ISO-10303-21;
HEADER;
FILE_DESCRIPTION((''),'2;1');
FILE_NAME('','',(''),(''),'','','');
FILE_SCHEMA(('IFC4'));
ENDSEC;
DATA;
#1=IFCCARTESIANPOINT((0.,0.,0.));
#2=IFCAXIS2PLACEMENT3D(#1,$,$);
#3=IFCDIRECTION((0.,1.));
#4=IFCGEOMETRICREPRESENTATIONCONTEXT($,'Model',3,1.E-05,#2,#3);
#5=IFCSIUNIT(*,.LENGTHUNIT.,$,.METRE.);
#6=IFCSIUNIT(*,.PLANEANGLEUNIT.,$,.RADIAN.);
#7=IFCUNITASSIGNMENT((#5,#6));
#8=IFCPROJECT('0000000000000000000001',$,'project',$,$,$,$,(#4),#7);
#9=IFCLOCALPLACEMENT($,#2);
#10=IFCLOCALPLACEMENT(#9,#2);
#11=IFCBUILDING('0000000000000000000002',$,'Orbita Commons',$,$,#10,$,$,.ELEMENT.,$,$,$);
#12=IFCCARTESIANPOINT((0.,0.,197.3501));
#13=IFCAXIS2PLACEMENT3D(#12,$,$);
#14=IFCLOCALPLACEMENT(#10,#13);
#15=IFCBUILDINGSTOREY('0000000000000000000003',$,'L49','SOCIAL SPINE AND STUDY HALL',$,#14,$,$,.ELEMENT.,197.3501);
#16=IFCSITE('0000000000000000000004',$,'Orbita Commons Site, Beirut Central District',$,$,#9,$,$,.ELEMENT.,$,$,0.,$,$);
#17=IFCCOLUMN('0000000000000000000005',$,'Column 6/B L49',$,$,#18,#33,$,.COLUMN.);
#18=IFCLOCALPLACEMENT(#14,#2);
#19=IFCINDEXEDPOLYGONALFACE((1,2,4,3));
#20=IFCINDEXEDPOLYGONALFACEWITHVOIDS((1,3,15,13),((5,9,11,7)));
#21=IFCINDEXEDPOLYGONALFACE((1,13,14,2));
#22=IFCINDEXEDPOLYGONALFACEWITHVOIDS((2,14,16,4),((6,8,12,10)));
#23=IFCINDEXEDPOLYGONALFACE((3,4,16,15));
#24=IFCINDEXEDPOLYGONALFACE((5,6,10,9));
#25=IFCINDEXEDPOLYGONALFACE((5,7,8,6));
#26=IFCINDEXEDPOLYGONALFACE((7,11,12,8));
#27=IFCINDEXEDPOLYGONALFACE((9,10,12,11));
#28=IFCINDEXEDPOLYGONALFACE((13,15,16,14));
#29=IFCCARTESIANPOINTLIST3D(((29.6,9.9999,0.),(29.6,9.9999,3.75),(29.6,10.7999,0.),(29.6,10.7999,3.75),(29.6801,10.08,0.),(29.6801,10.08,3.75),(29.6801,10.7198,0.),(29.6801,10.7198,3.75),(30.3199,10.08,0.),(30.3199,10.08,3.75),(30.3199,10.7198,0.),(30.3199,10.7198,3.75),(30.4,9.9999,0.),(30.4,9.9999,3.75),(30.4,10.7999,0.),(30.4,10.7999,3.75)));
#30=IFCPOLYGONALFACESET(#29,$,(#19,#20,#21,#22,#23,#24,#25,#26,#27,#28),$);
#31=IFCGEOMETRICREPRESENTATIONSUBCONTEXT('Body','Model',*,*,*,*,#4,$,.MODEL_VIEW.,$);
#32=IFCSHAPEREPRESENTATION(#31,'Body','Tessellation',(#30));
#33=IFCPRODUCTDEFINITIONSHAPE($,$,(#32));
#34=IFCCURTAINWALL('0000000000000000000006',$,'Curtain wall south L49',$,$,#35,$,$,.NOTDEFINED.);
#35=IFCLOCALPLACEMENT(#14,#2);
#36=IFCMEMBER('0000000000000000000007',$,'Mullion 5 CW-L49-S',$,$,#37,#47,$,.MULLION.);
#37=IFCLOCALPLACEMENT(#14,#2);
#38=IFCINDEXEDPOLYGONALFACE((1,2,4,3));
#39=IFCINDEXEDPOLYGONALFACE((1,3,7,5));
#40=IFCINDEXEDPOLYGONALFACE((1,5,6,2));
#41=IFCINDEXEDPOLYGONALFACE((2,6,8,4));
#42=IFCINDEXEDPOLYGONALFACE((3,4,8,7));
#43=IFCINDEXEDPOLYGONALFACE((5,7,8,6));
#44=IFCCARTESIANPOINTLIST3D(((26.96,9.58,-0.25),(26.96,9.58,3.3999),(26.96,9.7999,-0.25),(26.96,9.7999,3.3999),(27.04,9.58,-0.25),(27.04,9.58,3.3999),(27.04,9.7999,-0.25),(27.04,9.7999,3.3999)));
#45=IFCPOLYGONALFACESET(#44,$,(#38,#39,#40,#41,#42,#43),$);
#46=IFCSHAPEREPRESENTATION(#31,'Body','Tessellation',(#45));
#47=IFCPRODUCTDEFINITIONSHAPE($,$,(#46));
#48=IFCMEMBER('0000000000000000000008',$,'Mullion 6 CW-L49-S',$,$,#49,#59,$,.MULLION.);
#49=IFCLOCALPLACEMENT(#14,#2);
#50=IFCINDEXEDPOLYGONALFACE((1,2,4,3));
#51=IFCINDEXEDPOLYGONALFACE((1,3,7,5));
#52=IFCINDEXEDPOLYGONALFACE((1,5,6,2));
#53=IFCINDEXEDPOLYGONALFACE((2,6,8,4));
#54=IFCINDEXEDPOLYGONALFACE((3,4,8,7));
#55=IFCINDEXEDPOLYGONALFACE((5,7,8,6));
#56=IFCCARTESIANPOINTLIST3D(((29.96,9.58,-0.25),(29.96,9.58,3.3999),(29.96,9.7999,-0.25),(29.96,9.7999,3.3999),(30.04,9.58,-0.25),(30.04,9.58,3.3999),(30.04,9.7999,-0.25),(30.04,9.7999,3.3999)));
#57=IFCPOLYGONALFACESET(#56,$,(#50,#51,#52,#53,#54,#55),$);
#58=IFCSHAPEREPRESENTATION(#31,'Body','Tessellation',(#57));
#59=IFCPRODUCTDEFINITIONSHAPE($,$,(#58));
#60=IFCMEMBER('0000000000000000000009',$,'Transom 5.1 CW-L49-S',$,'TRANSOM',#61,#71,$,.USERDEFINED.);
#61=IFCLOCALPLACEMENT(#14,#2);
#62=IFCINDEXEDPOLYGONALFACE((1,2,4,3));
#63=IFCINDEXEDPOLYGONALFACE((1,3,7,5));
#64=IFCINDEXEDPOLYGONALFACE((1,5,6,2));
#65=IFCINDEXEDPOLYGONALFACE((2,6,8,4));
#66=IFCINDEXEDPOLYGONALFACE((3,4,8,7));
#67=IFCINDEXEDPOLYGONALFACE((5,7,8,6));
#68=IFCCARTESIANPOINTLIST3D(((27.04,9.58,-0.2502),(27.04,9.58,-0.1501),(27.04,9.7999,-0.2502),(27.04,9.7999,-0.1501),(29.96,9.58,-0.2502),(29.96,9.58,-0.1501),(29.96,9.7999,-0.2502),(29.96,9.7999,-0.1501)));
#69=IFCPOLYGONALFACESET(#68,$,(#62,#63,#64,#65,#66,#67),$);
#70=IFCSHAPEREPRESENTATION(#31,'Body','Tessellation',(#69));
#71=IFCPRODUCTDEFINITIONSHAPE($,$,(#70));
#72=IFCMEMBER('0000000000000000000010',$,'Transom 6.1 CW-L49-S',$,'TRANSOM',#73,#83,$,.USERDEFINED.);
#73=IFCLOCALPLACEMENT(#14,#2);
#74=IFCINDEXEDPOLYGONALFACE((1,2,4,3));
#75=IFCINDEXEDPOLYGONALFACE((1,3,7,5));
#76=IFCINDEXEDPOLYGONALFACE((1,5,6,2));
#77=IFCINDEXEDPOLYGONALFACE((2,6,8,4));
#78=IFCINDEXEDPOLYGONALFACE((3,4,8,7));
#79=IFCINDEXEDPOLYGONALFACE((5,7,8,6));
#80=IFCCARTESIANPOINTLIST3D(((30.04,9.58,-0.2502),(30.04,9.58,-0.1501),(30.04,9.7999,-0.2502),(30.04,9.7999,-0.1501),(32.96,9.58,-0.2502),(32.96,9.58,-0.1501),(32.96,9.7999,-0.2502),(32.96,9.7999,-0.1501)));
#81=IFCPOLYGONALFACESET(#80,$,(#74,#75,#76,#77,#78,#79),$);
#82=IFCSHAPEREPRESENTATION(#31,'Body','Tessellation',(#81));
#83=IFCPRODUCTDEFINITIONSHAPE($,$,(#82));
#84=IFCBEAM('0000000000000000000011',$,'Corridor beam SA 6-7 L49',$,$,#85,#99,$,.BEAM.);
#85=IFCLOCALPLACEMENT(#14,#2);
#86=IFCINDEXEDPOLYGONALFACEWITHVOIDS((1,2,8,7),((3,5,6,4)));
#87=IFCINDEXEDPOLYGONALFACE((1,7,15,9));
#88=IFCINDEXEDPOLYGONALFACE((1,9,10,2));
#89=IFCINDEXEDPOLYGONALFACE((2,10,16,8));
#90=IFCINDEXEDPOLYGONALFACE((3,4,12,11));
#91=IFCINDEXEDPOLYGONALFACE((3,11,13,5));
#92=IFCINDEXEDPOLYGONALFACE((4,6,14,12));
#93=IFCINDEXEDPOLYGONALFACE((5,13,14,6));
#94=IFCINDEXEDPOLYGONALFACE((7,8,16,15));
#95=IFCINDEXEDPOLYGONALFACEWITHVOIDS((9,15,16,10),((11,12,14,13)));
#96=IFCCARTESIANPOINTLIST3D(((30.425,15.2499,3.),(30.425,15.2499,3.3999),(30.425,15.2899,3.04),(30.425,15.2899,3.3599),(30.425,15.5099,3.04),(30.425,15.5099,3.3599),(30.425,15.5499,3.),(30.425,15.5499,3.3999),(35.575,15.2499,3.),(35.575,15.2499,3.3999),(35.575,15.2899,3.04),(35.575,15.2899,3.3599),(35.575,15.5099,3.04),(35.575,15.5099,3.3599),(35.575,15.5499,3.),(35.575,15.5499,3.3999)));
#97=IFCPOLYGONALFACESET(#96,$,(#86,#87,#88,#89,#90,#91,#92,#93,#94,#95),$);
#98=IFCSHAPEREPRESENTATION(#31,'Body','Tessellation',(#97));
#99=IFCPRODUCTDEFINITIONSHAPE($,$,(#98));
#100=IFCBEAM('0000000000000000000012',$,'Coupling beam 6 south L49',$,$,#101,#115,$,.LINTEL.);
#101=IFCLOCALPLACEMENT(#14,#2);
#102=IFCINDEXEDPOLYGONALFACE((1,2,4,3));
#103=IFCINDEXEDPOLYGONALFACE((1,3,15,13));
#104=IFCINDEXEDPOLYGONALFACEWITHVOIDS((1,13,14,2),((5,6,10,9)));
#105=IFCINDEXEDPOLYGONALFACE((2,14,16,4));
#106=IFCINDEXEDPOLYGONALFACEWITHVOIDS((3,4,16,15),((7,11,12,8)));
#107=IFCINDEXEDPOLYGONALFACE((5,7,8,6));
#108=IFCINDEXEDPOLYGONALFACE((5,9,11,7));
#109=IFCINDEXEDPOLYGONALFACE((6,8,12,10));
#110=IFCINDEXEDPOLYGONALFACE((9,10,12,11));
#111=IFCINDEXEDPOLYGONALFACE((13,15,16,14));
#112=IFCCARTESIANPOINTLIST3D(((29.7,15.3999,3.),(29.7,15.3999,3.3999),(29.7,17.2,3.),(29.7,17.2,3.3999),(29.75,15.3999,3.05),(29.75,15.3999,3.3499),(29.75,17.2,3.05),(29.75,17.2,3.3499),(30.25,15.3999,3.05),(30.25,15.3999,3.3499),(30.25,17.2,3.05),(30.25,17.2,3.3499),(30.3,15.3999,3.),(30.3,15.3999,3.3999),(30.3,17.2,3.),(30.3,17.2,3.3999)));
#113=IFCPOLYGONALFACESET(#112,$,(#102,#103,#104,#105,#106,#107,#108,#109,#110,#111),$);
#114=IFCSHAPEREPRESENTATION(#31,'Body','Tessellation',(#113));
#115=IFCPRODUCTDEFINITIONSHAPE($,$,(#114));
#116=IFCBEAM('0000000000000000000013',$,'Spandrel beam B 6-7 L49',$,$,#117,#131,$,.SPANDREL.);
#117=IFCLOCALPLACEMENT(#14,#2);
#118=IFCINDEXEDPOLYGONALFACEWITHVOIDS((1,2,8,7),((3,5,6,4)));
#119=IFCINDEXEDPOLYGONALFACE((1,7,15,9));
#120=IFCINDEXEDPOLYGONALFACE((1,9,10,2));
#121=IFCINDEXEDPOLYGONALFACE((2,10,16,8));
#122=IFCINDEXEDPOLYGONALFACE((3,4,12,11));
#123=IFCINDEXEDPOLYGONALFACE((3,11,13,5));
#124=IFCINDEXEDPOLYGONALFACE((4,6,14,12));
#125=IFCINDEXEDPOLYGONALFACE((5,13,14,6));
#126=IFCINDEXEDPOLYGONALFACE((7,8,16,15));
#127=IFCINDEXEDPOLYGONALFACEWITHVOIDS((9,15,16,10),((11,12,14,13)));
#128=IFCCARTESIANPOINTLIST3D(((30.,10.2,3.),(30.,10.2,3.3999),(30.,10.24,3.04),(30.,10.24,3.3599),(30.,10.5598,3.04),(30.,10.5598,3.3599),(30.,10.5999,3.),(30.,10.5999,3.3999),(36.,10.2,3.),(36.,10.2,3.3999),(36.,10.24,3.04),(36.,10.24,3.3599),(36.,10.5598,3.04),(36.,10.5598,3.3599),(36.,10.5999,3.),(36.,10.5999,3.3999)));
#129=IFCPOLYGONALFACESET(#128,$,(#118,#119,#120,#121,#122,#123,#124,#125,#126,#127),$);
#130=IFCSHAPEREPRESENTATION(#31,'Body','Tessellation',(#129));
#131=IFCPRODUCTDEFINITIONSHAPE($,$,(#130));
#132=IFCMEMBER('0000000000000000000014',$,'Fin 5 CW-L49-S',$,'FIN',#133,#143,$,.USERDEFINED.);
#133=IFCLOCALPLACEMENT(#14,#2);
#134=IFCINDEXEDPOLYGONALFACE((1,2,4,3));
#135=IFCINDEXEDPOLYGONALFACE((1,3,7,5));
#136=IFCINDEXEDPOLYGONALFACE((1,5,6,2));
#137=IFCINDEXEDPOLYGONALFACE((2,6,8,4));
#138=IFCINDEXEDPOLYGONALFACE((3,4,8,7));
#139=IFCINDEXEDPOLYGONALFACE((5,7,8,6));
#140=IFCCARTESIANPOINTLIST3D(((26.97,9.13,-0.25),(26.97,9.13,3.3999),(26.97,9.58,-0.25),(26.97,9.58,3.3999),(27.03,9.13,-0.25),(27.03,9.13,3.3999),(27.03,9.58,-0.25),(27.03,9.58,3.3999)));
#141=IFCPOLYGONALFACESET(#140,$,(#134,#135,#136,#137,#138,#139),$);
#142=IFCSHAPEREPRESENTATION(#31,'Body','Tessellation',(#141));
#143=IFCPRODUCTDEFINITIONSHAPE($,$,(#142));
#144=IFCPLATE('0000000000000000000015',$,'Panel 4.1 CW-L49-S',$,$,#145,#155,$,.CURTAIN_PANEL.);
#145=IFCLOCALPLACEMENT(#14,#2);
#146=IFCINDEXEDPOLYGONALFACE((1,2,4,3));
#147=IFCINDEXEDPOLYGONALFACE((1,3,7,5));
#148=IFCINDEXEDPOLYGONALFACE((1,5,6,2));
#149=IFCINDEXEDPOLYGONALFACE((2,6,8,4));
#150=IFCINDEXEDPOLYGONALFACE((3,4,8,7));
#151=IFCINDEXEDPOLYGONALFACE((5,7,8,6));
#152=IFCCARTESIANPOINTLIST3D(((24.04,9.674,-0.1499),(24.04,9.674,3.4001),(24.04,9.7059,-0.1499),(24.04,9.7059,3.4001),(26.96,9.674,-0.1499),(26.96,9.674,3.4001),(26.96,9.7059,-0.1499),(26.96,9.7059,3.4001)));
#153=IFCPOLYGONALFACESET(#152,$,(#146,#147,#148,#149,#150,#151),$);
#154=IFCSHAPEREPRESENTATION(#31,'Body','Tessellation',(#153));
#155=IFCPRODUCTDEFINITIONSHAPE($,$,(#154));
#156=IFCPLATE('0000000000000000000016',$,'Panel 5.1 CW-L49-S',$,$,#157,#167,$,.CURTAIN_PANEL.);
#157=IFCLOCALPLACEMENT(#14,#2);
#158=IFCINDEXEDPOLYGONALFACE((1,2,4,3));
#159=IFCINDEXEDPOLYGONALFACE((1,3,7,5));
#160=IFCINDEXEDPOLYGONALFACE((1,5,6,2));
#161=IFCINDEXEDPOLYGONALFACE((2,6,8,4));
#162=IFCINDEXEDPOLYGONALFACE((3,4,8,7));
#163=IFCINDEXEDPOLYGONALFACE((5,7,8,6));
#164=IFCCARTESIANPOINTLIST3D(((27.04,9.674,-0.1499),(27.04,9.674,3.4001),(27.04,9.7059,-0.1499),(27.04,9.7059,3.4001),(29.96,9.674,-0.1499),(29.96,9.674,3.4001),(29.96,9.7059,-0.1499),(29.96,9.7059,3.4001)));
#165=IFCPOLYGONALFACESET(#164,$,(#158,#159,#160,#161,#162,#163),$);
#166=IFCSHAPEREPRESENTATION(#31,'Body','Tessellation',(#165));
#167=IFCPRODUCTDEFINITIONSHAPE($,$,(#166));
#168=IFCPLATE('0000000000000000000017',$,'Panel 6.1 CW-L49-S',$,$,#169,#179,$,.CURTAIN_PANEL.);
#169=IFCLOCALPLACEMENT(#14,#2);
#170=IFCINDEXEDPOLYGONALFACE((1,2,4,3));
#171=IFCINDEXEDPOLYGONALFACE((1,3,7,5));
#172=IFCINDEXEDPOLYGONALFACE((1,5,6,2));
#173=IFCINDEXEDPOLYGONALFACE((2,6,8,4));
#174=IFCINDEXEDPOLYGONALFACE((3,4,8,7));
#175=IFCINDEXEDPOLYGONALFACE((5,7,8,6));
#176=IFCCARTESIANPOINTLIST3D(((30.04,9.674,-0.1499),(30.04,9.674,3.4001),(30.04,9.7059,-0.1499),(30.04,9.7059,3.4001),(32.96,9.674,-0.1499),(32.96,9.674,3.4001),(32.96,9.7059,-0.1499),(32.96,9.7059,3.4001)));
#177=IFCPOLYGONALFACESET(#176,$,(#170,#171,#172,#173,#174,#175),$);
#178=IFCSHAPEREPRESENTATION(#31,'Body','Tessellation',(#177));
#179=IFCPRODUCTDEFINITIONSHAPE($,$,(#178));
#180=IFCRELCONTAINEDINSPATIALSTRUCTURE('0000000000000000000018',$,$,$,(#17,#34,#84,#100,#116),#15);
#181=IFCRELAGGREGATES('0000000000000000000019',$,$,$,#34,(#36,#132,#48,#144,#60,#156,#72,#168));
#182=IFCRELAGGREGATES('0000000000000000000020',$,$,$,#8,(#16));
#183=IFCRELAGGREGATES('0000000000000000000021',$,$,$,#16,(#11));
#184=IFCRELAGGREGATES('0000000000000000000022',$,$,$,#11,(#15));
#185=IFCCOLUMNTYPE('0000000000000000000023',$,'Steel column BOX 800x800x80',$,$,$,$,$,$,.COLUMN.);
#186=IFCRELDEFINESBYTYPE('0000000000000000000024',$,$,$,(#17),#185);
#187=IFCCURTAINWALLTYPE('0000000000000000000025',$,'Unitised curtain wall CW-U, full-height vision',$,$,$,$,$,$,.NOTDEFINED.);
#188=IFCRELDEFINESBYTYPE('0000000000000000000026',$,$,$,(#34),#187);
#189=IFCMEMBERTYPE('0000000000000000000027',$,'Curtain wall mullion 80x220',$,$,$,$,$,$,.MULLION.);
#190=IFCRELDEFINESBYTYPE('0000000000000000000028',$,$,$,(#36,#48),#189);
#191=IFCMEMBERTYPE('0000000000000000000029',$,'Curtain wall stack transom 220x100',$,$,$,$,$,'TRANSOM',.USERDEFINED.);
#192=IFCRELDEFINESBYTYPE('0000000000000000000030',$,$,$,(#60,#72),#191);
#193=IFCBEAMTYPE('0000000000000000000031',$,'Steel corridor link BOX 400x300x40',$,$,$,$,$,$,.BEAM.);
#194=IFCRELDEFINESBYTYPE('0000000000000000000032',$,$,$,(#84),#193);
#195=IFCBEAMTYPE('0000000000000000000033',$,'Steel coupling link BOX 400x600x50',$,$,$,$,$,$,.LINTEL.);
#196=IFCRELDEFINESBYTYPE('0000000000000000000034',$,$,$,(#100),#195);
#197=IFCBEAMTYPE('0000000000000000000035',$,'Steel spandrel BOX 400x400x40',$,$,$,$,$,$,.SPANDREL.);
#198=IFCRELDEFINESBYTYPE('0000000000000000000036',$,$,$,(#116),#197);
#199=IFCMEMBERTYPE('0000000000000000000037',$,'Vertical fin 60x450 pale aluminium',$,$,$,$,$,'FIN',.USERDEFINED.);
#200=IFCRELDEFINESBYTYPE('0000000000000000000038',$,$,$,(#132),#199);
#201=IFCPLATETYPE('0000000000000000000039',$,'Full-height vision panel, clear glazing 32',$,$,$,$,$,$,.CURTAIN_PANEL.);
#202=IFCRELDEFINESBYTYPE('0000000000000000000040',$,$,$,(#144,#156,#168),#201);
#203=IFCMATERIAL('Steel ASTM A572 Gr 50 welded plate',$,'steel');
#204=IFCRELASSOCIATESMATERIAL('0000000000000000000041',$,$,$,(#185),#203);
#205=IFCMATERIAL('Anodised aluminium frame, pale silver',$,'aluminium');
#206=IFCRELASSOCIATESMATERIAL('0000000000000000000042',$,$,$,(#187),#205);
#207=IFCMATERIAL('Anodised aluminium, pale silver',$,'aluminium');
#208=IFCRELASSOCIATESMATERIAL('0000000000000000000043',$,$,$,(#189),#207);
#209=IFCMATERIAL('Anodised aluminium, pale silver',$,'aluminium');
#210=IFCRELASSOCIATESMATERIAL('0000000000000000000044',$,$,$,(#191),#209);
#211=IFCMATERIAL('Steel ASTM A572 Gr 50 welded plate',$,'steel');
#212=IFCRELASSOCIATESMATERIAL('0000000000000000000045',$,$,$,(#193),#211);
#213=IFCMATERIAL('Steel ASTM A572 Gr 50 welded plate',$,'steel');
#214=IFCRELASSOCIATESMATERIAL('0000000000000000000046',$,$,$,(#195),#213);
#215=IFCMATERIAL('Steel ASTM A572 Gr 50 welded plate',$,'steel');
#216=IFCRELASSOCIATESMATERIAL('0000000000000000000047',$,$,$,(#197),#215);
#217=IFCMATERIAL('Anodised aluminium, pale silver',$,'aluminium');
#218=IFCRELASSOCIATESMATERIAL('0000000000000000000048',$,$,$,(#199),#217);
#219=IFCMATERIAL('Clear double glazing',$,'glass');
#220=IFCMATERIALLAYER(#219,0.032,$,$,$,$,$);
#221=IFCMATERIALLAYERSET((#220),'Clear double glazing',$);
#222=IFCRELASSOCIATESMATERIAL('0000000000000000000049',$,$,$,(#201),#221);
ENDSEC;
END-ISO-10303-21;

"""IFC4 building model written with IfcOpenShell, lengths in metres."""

from ifc_helpers import new_model, si_unit, direction, frame, origin, origin_2d, place, context, subcontext, project, spatial, rectangle, hollow_rectangle, extrude, material, layer, layer_set, material_profile, profile_set, type_object, element, aggregate, save


model = new_model("IFC4")

# Units and contexts
model_context = context("Model", 3, precision=1e-05, world=origin(), true_north=direction((0.0, 1.0)))
body_context = subcontext(model_context, "Body", "Model", "MODEL_VIEW")
ifc_project = project(units=[si_unit("LENGTHUNIT", "METRE"), si_unit("PLANEANGLEUNIT", "RADIAN")], contexts=[model_context])

# Site, building, storey
site_placement = place(None, origin())
site = spatial("IfcSite", under=ifc_project, at=site_placement, Name="Orbita Commons Site, Beirut Central District", CompositionType="ELEMENT", RefElevation=0.0)
building_placement = place(site_placement, origin())
building = spatial("IfcBuilding", under=site, at=building_placement, Name="Orbita Commons", CompositionType="ELEMENT")
storey_placement = place(building_placement, frame((0.0, 0.0, 197.3501)))
storey = spatial("IfcBuildingStorey", under=building, at=storey_placement, Name="L49", Description="SOCIAL SPINE AND STUDY HALL", CompositionType="ELEMENT", Elevation=197.3501)

# Column
ifc_material_1 = material(Name="Steel ASTM A572 Gr 50 welded plate", Category="steel")
ifc_material_profile_1 = material_profile(ifc_material_1, hollow_rectangle(XDim=0.8, YDim=0.8, WallThickness=0.0801, at=origin_2d()), Name="BOX 800x800x80")
ifc_profile_set_1 = profile_set([ifc_material_profile_1], Name="Steel ASTM A572 Gr 50 welded plate")
column_type = type_object("IfcColumnType", Name="Steel column BOX 800x800x80", PredefinedType="COLUMN", material=ifc_profile_set_1)
column_placement = place(storey_placement, frame((30.0, 10.3999, 0.0), z_axis=(0.0, 0.0, 1.0), x_axis=(1.0, 0.0, 0.0)))
element("IfcColumn", 1, at=column_placement, inside=storey, type_object=column_type, Name="Column 6/B L49", PredefinedType="COLUMN", context=body_context, shape_type="SweptSolid", body=[
    extrude(hollow_rectangle(XDim=0.8, YDim=0.8, WallThickness=0.0801, at=origin_2d()), origin(), (0.0, 0.0, 1.0), 3.75),
])

# Curtain wall, members
ifc_material_2 = material(Name="Anodised aluminium frame, pale silver", Category="aluminium")
curtain_wall_type = type_object("IfcCurtainWallType", Name="Unitised curtain wall CW-U, full-height vision", PredefinedType="NOTDEFINED", material=ifc_material_2)
curtain_wall_placement = place(storey_placement, origin())
curtain_wall = element("IfcCurtainWall", 2, at=curtain_wall_placement, inside=storey, type_object=curtain_wall_type, Name="Curtain wall south L49", PredefinedType="NOTDEFINED")
ifc_material_3 = material(Name="Anodised aluminium, pale silver", Category="aluminium")
ifc_material_profile_2 = material_profile(ifc_material_3, rectangle(XDim=0.0801, YDim=0.22, at=origin_2d()), Name="AL 80x220")
ifc_profile_set_2 = profile_set([ifc_material_profile_2], Name="Anodised aluminium, pale silver")
member_type_1 = type_object("IfcMemberType", Name="Curtain wall mullion 80x220", PredefinedType="MULLION", material=ifc_profile_set_2)
member_1_placement = place(storey_placement, frame((27.0, 9.6899, -0.25), z_axis=(0.0, 0.0, 1.0), x_axis=(1.0, 0.0, 0.0)))
member_1 = element("IfcMember", 3, at=member_1_placement, type_object=member_type_1, Name="Mullion 5 CW-L49-S", PredefinedType="MULLION", context=body_context, shape_type="SweptSolid", body=[
    extrude(rectangle(XDim=0.0801, YDim=0.22, at=origin_2d()), origin(), (0.0, 0.0, 1.0), 3.6499),
])
member_2_placement = place(storey_placement, frame((30.0, 9.6899, -0.25), z_axis=(0.0, 0.0, 1.0), x_axis=(1.0, 0.0, 0.0)))
member_2 = element("IfcMember", 4, at=member_2_placement, type_object=member_type_1, Name="Mullion 6 CW-L49-S", PredefinedType="MULLION", context=body_context, shape_type="SweptSolid", body=[
    extrude(rectangle(XDim=0.0801, YDim=0.22, at=origin_2d()), origin(), (0.0, 0.0, 1.0), 3.6499),
])
ifc_material_4 = material(Name="Anodised aluminium, pale silver", Category="aluminium")
ifc_material_profile_3 = material_profile(ifc_material_4, rectangle(XDim=0.22, YDim=0.1001, at=origin_2d()), Name="AL 220x100")
ifc_profile_set_3 = profile_set([ifc_material_profile_3], Name="Anodised aluminium, pale silver")
member_type_2 = type_object("IfcMemberType", Name="Curtain wall stack transom 220x100", ElementType="TRANSOM", PredefinedType="USERDEFINED", material=ifc_profile_set_3)
member_3_placement = place(storey_placement, frame((27.04, 9.6899, -0.2002), z_axis=(1.0, 0.0, 0.0), x_axis=(0.0, 1.0, 0.0)))
member_3 = element("IfcMember", 5, at=member_3_placement, type_object=member_type_2, Name="Transom 5.1 CW-L49-S", ObjectType="TRANSOM", PredefinedType="USERDEFINED", context=body_context, shape_type="SweptSolid", body=[
    extrude(rectangle(XDim=0.22, YDim=0.1001, at=origin_2d()), origin(), (0.0, 0.0, 1.0), 2.9199),
])
member_4_placement = place(storey_placement, frame((30.04, 9.6899, -0.2002), z_axis=(1.0, 0.0, 0.0), x_axis=(0.0, 1.0, 0.0)))
member_4 = element("IfcMember", 6, at=member_4_placement, type_object=member_type_2, Name="Transom 6.1 CW-L49-S", ObjectType="TRANSOM", PredefinedType="USERDEFINED", context=body_context, shape_type="SweptSolid", body=[
    extrude(rectangle(XDim=0.22, YDim=0.1001, at=origin_2d()), origin(), (0.0, 0.0, 1.0), 2.9199),
])

# Beams
ifc_material_5 = material(Name="Steel ASTM A572 Gr 50 welded plate", Category="steel")
ifc_material_profile_4 = material_profile(ifc_material_5, hollow_rectangle(XDim=0.3, YDim=0.3999, WallThickness=0.04, at=origin_2d()), Name="BOX 400x300x40")
ifc_profile_set_4 = profile_set([ifc_material_profile_4], Name="Steel ASTM A572 Gr 50 welded plate")
beam_type_1 = type_object("IfcBeamType", Name="Steel corridor link BOX 400x300x40", PredefinedType="BEAM", material=ifc_profile_set_4)
beam_1_placement = place(storey_placement, frame((30.425, 15.3999, 3.2), z_axis=(1.0, 0.0, 0.0), x_axis=(0.0, 1.0, 0.0)))
element("IfcBeam", 7, at=beam_1_placement, inside=storey, type_object=beam_type_1, Name="Corridor beam SA 6-7 L49", PredefinedType="BEAM", context=body_context, shape_type="SweptSolid", body=[
    extrude(hollow_rectangle(XDim=0.3, YDim=0.3999, WallThickness=0.04, at=origin_2d()), origin(), (0.0, 0.0, 1.0), 5.1499),
])
ifc_material_6 = material(Name="Steel ASTM A572 Gr 50 welded plate", Category="steel")
ifc_material_profile_5 = material_profile(ifc_material_6, hollow_rectangle(XDim=0.6001, YDim=0.3999, WallThickness=0.05, at=origin_2d()), Name="BOX 400x600x50")
ifc_profile_set_5 = profile_set([ifc_material_profile_5], Name="Steel ASTM A572 Gr 50 welded plate")
beam_type_2 = type_object("IfcBeamType", Name="Steel coupling link BOX 400x600x50", PredefinedType="LINTEL", material=ifc_profile_set_5)
beam_2_placement = place(storey_placement, frame((30.0, 15.3999, 3.2), z_axis=(0.0, 1.0, 0.0), x_axis=(-1.0, 0.0, 0.0)))
element("IfcBeam", 8, at=beam_2_placement, inside=storey, type_object=beam_type_2, Name="Coupling beam 6 south L49", PredefinedType="LINTEL", context=body_context, shape_type="SweptSolid", body=[
    extrude(hollow_rectangle(XDim=0.6001, YDim=0.3999, WallThickness=0.05, at=origin_2d()), origin(), (0.0, 0.0, 1.0), 1.8),
])
ifc_material_7 = material(Name="Steel ASTM A572 Gr 50 welded plate", Category="steel")
ifc_material_profile_6 = material_profile(ifc_material_7, hollow_rectangle(XDim=0.3999, YDim=0.3999, WallThickness=0.04, at=origin_2d()), Name="BOX 400x400x40")
ifc_profile_set_6 = profile_set([ifc_material_profile_6], Name="Steel ASTM A572 Gr 50 welded plate")
beam_type_3 = type_object("IfcBeamType", Name="Steel spandrel BOX 400x400x40", PredefinedType="SPANDREL", material=ifc_profile_set_6)
beam_3_placement = place(storey_placement, frame((30.0, 10.3999, 3.2), z_axis=(1.0, 0.0, 0.0), x_axis=(0.0, 1.0, 0.0)))
element("IfcBeam", 9, at=beam_3_placement, inside=storey, type_object=beam_type_3, Name="Spandrel beam B 6-7 L49", PredefinedType="SPANDREL", context=body_context, shape_type="SweptSolid", body=[
    extrude(hollow_rectangle(XDim=0.3999, YDim=0.3999, WallThickness=0.04, at=origin_2d()), origin(), (0.0, 0.0, 1.0), 6.0),
])

# Member
ifc_material_8 = material(Name="Anodised aluminium, pale silver", Category="aluminium")
ifc_material_profile_7 = material_profile(ifc_material_8, rectangle(XDim=0.0601, YDim=0.45, at=origin_2d()), Name="FIN 60x450")
ifc_profile_set_7 = profile_set([ifc_material_profile_7], Name="Anodised aluminium, pale silver")
member_type_3 = type_object("IfcMemberType", Name="Vertical fin 60x450 pale aluminium", ElementType="FIN", PredefinedType="USERDEFINED", material=ifc_profile_set_7)
member_5_placement = place(storey_placement, frame((27.0, 9.355, -0.25), z_axis=(0.0, 0.0, 1.0), x_axis=(1.0, 0.0, 0.0)))
member_5 = element("IfcMember", 10, at=member_5_placement, type_object=member_type_3, Name="Fin 5 CW-L49-S", ObjectType="FIN", PredefinedType="USERDEFINED", context=body_context, shape_type="SweptSolid", body=[
    extrude(rectangle(XDim=0.0601, YDim=0.45, at=origin_2d()), origin(), (0.0, 0.0, 1.0), 3.6499),
])

# Plates
ifc_material_9 = material(Name="Clear double glazing", Category="glass")
ifc_layer_1 = layer(ifc_material_9, 0.032)
ifc_layer_set_1 = layer_set([ifc_layer_1], Name="Clear double glazing")
plate_type = type_object("IfcPlateType", Name="Full-height vision panel, clear glazing 32", PredefinedType="CURTAIN_PANEL", material=ifc_layer_set_1)
plate_1_placement = place(storey_placement, frame((25.5, 9.6899, -0.1499), z_axis=(0.0, 0.0, 1.0), x_axis=(1.0, 0.0, 0.0)))
plate_1 = element("IfcPlate", 11, at=plate_1_placement, type_object=plate_type, Name="Panel 4.1 CW-L49-S", PredefinedType="CURTAIN_PANEL", context=body_context, shape_type="SweptSolid", body=[
    extrude(rectangle(XDim=2.9199, YDim=0.032, at=origin_2d()), origin(), (0.0, 0.0, 1.0), 3.55),
])
plate_2_placement = place(storey_placement, frame((28.5, 9.6899, -0.1499), z_axis=(0.0, 0.0, 1.0), x_axis=(1.0, 0.0, 0.0)))
plate_2 = element("IfcPlate", 12, at=plate_2_placement, type_object=plate_type, Name="Panel 5.1 CW-L49-S", PredefinedType="CURTAIN_PANEL", context=body_context, shape_type="SweptSolid", body=[
    extrude(rectangle(XDim=2.9199, YDim=0.032, at=origin_2d()), origin(), (0.0, 0.0, 1.0), 3.55),
])
plate_3_placement = place(storey_placement, frame((31.5, 9.6899, -0.1499), z_axis=(0.0, 0.0, 1.0), x_axis=(1.0, 0.0, 0.0)))
plate_3 = element("IfcPlate", 13, at=plate_3_placement, type_object=plate_type, Name="Panel 6.1 CW-L49-S", PredefinedType="CURTAIN_PANEL", context=body_context, shape_type="SweptSolid", body=[
    extrude(rectangle(XDim=2.9199, YDim=0.032, at=origin_2d()), origin(), (0.0, 0.0, 1.0), 3.55),
])
aggregate(curtain_wall, [member_1, member_5, member_2, plate_1, member_3, plate_2, member_4, plate_3])

save(model, "model.ifc")
